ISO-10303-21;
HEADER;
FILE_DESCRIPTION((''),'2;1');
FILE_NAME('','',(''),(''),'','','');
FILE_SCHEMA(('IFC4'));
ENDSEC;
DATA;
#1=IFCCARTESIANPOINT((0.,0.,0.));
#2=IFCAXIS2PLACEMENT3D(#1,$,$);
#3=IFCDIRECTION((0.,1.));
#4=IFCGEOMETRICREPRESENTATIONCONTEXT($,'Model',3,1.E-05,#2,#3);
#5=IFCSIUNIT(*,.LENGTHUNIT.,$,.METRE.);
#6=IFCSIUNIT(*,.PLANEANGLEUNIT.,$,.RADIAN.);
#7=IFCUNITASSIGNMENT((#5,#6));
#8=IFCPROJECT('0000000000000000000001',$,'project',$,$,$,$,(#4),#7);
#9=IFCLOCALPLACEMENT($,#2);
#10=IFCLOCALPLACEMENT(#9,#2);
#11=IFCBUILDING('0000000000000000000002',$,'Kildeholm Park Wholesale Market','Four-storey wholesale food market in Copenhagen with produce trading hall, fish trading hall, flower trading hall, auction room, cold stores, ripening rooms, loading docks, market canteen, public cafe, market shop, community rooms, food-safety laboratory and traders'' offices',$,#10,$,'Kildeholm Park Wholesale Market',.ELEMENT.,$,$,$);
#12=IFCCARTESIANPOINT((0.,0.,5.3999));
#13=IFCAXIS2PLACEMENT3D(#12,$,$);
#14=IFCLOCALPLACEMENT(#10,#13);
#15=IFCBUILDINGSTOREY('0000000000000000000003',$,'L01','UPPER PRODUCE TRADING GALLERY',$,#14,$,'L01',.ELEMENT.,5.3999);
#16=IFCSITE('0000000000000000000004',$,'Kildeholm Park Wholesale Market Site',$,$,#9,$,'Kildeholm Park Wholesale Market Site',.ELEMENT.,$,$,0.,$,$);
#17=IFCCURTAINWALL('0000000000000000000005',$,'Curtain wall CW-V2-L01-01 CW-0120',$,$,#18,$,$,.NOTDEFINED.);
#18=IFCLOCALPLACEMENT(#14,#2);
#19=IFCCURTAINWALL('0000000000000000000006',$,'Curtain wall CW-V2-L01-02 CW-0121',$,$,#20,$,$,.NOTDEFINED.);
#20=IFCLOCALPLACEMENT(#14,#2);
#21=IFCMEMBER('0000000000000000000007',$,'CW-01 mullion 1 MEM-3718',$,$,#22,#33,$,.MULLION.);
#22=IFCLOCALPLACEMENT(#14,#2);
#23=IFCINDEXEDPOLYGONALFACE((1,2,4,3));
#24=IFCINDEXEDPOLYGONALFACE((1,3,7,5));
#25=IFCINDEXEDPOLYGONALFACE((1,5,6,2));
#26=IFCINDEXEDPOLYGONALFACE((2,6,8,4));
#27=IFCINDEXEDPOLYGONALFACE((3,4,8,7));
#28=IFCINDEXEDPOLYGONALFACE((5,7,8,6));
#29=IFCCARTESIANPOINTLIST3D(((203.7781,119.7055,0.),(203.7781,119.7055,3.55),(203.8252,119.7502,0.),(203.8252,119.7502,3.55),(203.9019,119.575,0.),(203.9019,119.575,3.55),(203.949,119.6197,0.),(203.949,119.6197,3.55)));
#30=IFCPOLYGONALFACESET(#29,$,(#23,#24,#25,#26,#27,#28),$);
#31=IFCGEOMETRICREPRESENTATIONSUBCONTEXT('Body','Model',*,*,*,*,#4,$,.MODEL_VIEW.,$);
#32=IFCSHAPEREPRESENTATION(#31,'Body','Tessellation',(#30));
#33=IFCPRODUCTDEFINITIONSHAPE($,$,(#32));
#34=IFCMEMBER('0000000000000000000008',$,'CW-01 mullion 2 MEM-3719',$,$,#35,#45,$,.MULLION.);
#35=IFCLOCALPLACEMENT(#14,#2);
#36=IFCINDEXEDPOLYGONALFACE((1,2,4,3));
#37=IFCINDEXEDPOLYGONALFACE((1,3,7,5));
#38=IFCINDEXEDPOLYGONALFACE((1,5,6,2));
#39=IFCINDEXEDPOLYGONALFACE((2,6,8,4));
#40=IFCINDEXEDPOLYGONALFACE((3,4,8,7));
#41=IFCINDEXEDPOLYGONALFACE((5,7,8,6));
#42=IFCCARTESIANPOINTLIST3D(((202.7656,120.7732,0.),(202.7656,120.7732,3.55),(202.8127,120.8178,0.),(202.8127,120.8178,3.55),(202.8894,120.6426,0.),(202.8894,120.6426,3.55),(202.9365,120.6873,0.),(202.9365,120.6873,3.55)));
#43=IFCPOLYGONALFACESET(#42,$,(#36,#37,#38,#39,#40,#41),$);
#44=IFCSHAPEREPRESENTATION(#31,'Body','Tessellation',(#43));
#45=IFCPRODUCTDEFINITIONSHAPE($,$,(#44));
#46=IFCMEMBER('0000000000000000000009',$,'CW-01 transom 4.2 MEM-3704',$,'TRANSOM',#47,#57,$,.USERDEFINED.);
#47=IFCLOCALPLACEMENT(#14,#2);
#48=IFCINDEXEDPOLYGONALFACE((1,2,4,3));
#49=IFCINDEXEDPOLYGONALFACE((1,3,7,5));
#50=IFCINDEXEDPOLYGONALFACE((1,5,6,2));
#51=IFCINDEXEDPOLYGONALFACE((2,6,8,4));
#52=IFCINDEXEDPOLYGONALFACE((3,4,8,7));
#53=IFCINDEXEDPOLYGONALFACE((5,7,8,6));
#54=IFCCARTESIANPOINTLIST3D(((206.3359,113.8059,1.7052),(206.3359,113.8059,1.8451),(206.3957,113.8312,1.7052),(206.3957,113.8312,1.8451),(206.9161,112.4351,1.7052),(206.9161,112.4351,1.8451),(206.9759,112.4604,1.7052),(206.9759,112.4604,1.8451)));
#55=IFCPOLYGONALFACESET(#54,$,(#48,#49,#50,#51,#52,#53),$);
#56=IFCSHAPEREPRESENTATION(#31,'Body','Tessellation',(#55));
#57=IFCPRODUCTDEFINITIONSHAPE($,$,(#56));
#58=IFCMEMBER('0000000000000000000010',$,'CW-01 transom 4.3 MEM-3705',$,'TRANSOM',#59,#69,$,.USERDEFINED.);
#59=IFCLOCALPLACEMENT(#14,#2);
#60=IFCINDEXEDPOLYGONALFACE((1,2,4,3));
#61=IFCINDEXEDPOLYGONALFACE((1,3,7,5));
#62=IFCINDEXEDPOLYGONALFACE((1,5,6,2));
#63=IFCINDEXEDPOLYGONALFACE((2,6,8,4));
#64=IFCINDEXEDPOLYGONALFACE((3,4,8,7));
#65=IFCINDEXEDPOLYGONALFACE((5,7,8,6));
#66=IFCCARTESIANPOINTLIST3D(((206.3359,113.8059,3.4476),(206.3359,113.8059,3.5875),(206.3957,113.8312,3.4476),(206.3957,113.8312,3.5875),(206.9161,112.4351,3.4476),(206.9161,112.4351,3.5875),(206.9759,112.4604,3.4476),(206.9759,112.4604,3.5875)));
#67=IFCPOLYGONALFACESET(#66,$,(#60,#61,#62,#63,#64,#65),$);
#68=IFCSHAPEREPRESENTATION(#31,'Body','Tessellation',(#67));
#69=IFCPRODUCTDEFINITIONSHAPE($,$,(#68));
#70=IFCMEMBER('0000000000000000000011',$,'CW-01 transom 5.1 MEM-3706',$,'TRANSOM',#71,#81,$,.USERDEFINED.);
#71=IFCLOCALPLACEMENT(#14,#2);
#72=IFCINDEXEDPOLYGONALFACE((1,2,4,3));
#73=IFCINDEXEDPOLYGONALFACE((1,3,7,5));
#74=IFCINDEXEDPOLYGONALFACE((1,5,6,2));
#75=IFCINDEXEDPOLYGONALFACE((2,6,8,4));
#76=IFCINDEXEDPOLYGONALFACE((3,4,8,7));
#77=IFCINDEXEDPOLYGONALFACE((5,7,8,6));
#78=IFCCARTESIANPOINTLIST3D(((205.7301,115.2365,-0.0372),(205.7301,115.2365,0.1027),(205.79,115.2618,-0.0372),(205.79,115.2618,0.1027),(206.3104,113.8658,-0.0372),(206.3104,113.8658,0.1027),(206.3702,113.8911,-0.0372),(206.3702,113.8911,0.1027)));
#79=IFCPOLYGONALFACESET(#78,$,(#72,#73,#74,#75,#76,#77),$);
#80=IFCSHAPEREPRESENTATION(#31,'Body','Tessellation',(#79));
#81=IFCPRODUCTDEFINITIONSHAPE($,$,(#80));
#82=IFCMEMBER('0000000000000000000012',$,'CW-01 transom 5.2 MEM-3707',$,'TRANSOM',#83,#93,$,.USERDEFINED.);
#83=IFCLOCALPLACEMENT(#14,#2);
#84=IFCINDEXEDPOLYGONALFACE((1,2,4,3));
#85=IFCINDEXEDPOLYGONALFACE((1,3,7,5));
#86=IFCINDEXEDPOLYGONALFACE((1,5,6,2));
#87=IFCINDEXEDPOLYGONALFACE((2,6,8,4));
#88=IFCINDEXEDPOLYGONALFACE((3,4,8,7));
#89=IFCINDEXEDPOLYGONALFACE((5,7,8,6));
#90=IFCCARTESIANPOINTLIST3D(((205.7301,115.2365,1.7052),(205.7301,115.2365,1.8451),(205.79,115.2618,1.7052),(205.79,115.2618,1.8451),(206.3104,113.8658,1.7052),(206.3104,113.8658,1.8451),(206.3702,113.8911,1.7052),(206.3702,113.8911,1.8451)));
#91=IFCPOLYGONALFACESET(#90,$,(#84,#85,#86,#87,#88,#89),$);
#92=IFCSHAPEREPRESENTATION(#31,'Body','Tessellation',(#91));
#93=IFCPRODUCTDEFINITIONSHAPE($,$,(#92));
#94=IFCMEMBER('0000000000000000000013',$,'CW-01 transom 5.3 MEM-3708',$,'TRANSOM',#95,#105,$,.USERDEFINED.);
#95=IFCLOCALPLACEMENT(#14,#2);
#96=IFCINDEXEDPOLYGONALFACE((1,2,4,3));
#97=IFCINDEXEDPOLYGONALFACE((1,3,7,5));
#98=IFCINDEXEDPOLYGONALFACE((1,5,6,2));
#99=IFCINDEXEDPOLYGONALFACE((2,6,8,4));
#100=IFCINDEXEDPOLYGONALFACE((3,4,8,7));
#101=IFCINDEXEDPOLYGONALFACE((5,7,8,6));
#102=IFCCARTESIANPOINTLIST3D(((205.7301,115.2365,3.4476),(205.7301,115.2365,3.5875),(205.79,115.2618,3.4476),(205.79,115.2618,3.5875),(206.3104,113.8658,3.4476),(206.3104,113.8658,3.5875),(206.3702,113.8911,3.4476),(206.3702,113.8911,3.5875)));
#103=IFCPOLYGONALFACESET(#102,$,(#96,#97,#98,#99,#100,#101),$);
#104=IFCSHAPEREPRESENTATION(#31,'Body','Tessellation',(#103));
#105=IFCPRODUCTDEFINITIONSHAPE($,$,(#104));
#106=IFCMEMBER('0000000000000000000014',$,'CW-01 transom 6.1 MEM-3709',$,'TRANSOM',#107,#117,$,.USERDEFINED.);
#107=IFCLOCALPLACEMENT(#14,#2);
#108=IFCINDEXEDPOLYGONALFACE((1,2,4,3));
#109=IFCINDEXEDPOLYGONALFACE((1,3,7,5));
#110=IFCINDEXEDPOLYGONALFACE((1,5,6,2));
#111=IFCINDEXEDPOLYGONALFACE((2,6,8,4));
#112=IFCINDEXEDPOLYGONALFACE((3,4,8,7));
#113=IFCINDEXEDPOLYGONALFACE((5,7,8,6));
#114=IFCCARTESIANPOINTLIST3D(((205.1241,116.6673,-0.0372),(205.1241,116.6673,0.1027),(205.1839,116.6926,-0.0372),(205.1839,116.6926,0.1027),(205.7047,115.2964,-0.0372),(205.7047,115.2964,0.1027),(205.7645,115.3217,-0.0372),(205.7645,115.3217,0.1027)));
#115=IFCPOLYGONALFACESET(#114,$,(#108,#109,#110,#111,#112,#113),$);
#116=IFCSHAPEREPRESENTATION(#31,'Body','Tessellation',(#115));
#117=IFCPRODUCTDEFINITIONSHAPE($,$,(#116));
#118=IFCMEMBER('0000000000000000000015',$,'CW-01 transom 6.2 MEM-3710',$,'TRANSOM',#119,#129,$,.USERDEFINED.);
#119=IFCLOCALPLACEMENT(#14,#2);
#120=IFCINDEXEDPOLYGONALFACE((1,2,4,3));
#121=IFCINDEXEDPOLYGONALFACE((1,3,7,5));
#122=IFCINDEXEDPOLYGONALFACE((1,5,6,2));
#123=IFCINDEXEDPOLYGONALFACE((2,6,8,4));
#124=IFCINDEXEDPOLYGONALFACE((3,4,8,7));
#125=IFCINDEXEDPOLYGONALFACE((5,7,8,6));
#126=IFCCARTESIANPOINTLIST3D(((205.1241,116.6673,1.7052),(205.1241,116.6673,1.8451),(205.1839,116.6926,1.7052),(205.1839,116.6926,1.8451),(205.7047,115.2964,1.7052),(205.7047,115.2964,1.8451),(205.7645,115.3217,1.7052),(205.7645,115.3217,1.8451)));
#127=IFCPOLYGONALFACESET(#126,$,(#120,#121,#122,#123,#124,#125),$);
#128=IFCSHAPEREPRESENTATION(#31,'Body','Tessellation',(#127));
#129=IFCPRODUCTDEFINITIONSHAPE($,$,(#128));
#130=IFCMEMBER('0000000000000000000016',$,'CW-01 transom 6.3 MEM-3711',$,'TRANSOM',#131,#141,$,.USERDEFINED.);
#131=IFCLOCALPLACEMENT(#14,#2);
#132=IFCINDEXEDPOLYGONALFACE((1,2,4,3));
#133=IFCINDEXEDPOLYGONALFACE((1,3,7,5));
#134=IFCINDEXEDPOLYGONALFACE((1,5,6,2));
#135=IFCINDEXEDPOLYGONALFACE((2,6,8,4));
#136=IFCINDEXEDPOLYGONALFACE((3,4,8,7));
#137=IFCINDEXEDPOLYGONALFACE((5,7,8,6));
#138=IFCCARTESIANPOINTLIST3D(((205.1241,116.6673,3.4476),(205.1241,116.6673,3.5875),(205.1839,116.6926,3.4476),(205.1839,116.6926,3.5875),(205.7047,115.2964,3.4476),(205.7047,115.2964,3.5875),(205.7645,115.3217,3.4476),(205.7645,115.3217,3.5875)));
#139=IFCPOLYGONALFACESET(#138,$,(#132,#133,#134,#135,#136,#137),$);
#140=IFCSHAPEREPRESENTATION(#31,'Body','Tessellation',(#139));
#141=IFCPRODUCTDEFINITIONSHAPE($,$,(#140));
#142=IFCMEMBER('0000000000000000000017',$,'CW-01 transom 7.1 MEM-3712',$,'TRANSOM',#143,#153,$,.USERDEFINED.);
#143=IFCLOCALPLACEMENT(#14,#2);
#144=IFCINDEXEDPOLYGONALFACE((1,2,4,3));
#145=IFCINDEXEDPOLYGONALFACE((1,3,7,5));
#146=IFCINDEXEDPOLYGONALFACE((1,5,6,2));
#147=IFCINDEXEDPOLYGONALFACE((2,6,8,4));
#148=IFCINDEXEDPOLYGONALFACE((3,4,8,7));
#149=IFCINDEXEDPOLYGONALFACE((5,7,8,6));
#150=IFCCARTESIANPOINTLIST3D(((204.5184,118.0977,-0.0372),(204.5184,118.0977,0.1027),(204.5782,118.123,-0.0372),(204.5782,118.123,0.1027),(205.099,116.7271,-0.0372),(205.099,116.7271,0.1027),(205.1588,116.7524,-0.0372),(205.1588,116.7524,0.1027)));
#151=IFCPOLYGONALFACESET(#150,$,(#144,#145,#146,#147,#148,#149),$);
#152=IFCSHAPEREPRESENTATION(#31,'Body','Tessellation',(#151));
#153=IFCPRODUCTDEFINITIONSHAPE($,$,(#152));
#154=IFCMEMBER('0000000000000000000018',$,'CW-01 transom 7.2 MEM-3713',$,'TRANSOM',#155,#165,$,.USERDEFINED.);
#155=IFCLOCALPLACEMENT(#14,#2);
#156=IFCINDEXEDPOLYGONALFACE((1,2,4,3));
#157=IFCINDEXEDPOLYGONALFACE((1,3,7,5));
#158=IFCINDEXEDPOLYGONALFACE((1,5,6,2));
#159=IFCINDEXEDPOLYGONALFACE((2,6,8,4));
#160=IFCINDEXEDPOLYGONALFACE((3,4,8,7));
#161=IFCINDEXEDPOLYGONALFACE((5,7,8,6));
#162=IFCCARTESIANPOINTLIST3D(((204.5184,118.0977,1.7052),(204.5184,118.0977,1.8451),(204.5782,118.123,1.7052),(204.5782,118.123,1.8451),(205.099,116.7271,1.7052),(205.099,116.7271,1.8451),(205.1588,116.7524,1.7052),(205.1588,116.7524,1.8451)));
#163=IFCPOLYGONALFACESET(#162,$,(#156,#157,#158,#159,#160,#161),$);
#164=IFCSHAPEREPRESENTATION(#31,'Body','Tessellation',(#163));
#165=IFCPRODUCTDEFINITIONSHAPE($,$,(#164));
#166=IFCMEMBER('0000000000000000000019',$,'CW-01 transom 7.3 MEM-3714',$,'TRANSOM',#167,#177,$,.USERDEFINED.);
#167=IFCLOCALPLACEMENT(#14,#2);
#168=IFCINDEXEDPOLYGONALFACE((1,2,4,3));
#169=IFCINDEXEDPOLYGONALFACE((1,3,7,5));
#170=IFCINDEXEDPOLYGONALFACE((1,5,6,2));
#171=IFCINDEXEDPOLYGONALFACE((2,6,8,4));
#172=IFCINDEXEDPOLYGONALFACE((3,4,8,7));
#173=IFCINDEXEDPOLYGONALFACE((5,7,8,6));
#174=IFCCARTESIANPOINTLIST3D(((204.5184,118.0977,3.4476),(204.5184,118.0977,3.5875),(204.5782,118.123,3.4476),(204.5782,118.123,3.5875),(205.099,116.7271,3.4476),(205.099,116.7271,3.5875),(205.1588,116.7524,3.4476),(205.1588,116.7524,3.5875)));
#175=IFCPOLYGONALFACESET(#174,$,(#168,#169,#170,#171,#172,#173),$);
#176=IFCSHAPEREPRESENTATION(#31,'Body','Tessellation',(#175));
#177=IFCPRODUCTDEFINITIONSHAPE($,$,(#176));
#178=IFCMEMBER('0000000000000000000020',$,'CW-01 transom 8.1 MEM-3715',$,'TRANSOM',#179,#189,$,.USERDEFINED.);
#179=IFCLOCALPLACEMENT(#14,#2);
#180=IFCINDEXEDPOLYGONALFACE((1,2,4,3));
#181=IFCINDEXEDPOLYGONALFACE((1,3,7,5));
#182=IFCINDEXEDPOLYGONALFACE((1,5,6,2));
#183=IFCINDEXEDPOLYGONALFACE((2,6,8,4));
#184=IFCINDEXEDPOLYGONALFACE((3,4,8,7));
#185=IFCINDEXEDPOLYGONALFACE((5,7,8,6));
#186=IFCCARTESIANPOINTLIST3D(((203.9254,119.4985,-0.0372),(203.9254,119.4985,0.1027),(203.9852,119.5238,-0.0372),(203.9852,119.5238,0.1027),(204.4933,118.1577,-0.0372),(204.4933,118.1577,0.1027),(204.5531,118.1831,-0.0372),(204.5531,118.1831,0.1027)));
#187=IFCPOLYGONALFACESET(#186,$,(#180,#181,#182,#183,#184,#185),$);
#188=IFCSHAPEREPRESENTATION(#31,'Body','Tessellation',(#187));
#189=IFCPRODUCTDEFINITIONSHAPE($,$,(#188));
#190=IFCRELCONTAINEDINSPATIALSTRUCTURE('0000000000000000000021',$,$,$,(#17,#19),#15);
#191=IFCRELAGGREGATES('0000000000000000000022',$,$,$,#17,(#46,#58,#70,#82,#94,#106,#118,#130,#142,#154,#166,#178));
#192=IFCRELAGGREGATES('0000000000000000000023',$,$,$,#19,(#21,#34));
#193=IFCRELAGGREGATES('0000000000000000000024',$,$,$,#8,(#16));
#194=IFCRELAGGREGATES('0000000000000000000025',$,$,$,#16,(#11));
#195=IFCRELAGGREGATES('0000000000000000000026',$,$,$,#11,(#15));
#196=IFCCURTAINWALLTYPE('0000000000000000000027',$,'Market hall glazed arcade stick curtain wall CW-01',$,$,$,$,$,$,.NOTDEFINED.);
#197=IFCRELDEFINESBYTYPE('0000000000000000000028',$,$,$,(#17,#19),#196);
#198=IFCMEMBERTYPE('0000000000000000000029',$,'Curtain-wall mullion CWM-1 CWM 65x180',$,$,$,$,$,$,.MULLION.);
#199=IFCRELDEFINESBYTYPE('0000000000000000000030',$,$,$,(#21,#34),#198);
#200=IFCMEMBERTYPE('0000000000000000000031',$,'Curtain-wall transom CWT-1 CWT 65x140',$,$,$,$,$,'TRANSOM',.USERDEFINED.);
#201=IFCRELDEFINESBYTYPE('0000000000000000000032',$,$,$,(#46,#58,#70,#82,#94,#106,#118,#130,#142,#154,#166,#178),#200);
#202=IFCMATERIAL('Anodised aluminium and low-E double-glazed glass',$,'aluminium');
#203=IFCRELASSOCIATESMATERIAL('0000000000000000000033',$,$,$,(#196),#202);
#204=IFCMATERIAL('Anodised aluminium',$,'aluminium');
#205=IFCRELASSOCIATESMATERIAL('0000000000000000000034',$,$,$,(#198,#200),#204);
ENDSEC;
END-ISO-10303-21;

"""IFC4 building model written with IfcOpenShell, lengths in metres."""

from ifc_helpers import new_model, si_unit, direction, frame, origin, origin_2d, place, context, subcontext, project, spatial, rectangle, extrude, material, material_profile, profile_set, type_object, element, aggregate, save


model = new_model("IFC4")

# Units and contexts
model_context = context("Model", 3, precision=1e-05, world=origin(), true_north=direction((0.0, 1.0)))
body_context = subcontext(model_context, "Body", "Model", "MODEL_VIEW")
ifc_project = project(units=[si_unit("LENGTHUNIT", "METRE"), si_unit("PLANEANGLEUNIT", "RADIAN")], contexts=[model_context])

# Site, building, storey
site_placement = place(None, origin())
site = spatial("IfcSite", under=ifc_project, at=site_placement, Name="Kildeholm Park Wholesale Market Site", LongName="Kildeholm Park Wholesale Market Site", CompositionType="ELEMENT", RefElevation=0.0)
building_placement = place(site_placement, origin())
building = spatial("IfcBuilding", under=site, at=building_placement, Name="Kildeholm Park Wholesale Market", Description="Four-storey wholesale food market in Copenhagen with produce trading hall, fish trading hall, flower trading hall, auction room, cold stores, ripening rooms, loading docks, market canteen, public cafe, market shop, community rooms, food-safety laboratory and traders' offices", LongName="Kildeholm Park Wholesale Market", CompositionType="ELEMENT")
storey_placement = place(building_placement, frame((0.0, 0.0, 5.3999)))
storey = spatial("IfcBuildingStorey", under=building, at=storey_placement, Name="L01", Description="UPPER PRODUCE TRADING GALLERY", LongName="L01", CompositionType="ELEMENT", Elevation=5.3999)

# Curtain walls, members
ifc_material_1 = material(Name="Anodised aluminium and low-E double-glazed glass", Category="aluminium")
curtain_wall_type = type_object("IfcCurtainWallType", Name="Market hall glazed arcade stick curtain wall CW-01", PredefinedType="NOTDEFINED", material=ifc_material_1)
curtain_wall_1_placement = place(storey_placement, origin())
curtain_wall_1 = element("IfcCurtainWall", 1, at=curtain_wall_1_placement, inside=storey, type_object=curtain_wall_type, Name="Curtain wall CW-V2-L01-01 CW-0120", PredefinedType="NOTDEFINED")
ifc_material_2 = material(Name="Anodised aluminium", Category="aluminium")
ifc_material_profile_1 = material_profile(ifc_material_2, rectangle(XDim=0.0649, YDim=0.1799, at=origin_2d()), Name="CWM 65x180")
ifc_profile_set_1 = profile_set([ifc_material_profile_1], Name="Anodised aluminium")
member_type_1 = type_object("IfcMemberType", Name="Curtain-wall mullion CWM-1 CWM 65x180", PredefinedType="MULLION", material=ifc_profile_set_1)
curtain_wall_2_placement = place(storey_placement, origin())
curtain_wall_2 = element("IfcCurtainWall", 2, at=curtain_wall_2_placement, inside=storey, type_object=curtain_wall_type, Name="Curtain wall CW-V2-L01-02 CW-0121", PredefinedType="NOTDEFINED")
member_1_placement = place(storey_placement, frame((203.8635, 119.6626, 0.0), z_axis=(0.0, 0.0, 1.0), x_axis=(-0.725571, -0.688148, 0.0)))
member_1 = element("IfcMember", 3, at=member_1_placement, type_object=member_type_1, Name="CW-01 mullion 1 MEM-3718", PredefinedType="MULLION", context=body_context, shape_type="SweptSolid", body=[
    extrude(rectangle(XDim=0.0649, YDim=0.1799, at=origin_2d()), origin(), (0.0, 0.0, 1.0), 3.55),
])
member_2_placement = place(storey_placement, frame((202.8511, 120.7302, 0.0), z_axis=(0.0, 0.0, 1.0), x_axis=(-0.725571, -0.688148, 0.0)))
member_2 = element("IfcMember", 4, at=member_2_placement, type_object=member_type_1, Name="CW-01 mullion 2 MEM-3719", PredefinedType="MULLION", context=body_context, shape_type="SweptSolid", body=[
    extrude(rectangle(XDim=0.0649, YDim=0.1799, at=origin_2d()), origin(), (0.0, 0.0, 1.0), 3.55),
])

# Members
ifc_material_profile_2 = material_profile(ifc_material_2, rectangle(XDim=0.0649, YDim=0.1399, at=origin_2d()), Name="CWT 65x140")
ifc_profile_set_2 = profile_set([ifc_material_profile_2], Name="Anodised aluminium")
member_type_2 = type_object("IfcMemberType", Name="Curtain-wall transom CWT-1 CWT 65x140", ElementType="TRANSOM", PredefinedType="USERDEFINED", material=ifc_profile_set_2)
member_3_placement = place(storey_placement, frame((206.946, 112.4478, 1.7751), z_axis=(-0.389838, 0.920883, 0.0), x_axis=(-0.920883, -0.389838, 0.0)))
member_3 = element("IfcMember", 5, at=member_3_placement, type_object=member_type_2, Name="CW-01 transom 4.2 MEM-3704", ObjectType="TRANSOM", PredefinedType="USERDEFINED", context=body_context, shape_type="SweptSolid", body=[
    extrude(rectangle(XDim=0.0649, YDim=0.1399, at=origin_2d()), origin(), (0.0, 0.0, 1.0), 1.4885),
])
member_4_placement = place(storey_placement, frame((206.946, 112.4478, 3.5176), z_axis=(-0.389838, 0.920883, 0.0), x_axis=(-0.920883, -0.389838, 0.0)))
member_4 = element("IfcMember", 6, at=member_4_placement, type_object=member_type_2, Name="CW-01 transom 4.3 MEM-3705", ObjectType="TRANSOM", PredefinedType="USERDEFINED", context=body_context, shape_type="SweptSolid", body=[
    extrude(rectangle(XDim=0.0649, YDim=0.1399, at=origin_2d()), origin(), (0.0, 0.0, 1.0), 1.4885),
])
member_5_placement = place(storey_placement, frame((206.3403, 113.8784, 0.0327), z_axis=(-0.389838, 0.920883, 0.0), x_axis=(-0.920883, -0.389838, 0.0)))
member_5 = element("IfcMember", 7, at=member_5_placement, type_object=member_type_2, Name="CW-01 transom 5.1 MEM-3706", ObjectType="TRANSOM", PredefinedType="USERDEFINED", context=body_context, shape_type="SweptSolid", body=[
    extrude(rectangle(XDim=0.0649, YDim=0.1399, at=origin_2d()), origin(), (0.0, 0.0, 1.0), 1.4885),
])
member_6_placement = place(storey_placement, frame((206.3403, 113.8784, 1.7751), z_axis=(-0.389838, 0.920883, 0.0), x_axis=(-0.920883, -0.389838, 0.0)))
member_6 = element("IfcMember", 8, at=member_6_placement, type_object=member_type_2, Name="CW-01 transom 5.2 MEM-3707", ObjectType="TRANSOM", PredefinedType="USERDEFINED", context=body_context, shape_type="SweptSolid", body=[
    extrude(rectangle(XDim=0.0649, YDim=0.1399, at=origin_2d()), origin(), (0.0, 0.0, 1.0), 1.4885),
])
member_7_placement = place(storey_placement, frame((206.3403, 113.8784, 3.5176), z_axis=(-0.389838, 0.920883, 0.0), x_axis=(-0.920883, -0.389838, 0.0)))
member_7 = element("IfcMember", 9, at=member_7_placement, type_object=member_type_2, Name="CW-01 transom 5.3 MEM-3708", ObjectType="TRANSOM", PredefinedType="USERDEFINED", context=body_context, shape_type="SweptSolid", body=[
    extrude(rectangle(XDim=0.0649, YDim=0.1399, at=origin_2d()), origin(), (0.0, 0.0, 1.0), 1.4885),
])
member_8_placement = place(storey_placement, frame((205.7346, 115.3091, 0.0327), z_axis=(-0.389977, 0.920825, 0.0), x_axis=(-0.920825, -0.389977, 0.0)))
member_8 = element("IfcMember", 10, at=member_8_placement, type_object=member_type_2, Name="CW-01 transom 6.1 MEM-3709", ObjectType="TRANSOM", PredefinedType="USERDEFINED", context=body_context, shape_type="SweptSolid", body=[
    extrude(rectangle(XDim=0.0649, YDim=0.1399, at=origin_2d()), origin(), (0.0, 0.0, 1.0), 1.4888),
])
member_9_placement = place(storey_placement, frame((205.7346, 115.3091, 1.7751), z_axis=(-0.389977, 0.920825, 0.0), x_axis=(-0.920825, -0.389977, 0.0)))
member_9 = element("IfcMember", 11, at=member_9_placement, type_object=member_type_2, Name="CW-01 transom 6.2 MEM-3710", ObjectType="TRANSOM", PredefinedType="USERDEFINED", context=body_context, shape_type="SweptSolid", body=[
    extrude(rectangle(XDim=0.0649, YDim=0.1399, at=origin_2d()), origin(), (0.0, 0.0, 1.0), 1.4888),
])
member_10_placement = place(storey_placement, frame((205.7346, 115.3091, 3.5176), z_axis=(-0.389977, 0.920825, 0.0), x_axis=(-0.920825, -0.389977, 0.0)))
member_10 = element("IfcMember", 12, at=member_10_placement, type_object=member_type_2, Name="CW-01 transom 6.3 MEM-3711", ObjectType="TRANSOM", PredefinedType="USERDEFINED", context=body_context, shape_type="SweptSolid", body=[
    extrude(rectangle(XDim=0.0649, YDim=0.1399, at=origin_2d()), origin(), (0.0, 0.0, 1.0), 1.4888),
])
member_11_placement = place(storey_placement, frame((205.1289, 116.7397, 0.0327), z_axis=(-0.390036, 0.9208, 0.0), x_axis=(-0.9208, -0.390036, 0.0)))
member_11 = element("IfcMember", 13, at=member_11_placement, type_object=member_type_2, Name="CW-01 transom 7.1 MEM-3712", ObjectType="TRANSOM", PredefinedType="USERDEFINED", context=body_context, shape_type="SweptSolid", body=[
    extrude(rectangle(XDim=0.0649, YDim=0.1399, at=origin_2d()), origin(), (0.0, 0.0, 1.0), 1.4885),
])
member_12_placement = place(storey_placement, frame((205.1289, 116.7397, 1.7751), z_axis=(-0.390036, 0.9208, 0.0), x_axis=(-0.9208, -0.390036, 0.0)))
member_12 = element("IfcMember", 14, at=member_12_placement, type_object=member_type_2, Name="CW-01 transom 7.2 MEM-3713", ObjectType="TRANSOM", PredefinedType="USERDEFINED", context=body_context, shape_type="SweptSolid", body=[
    extrude(rectangle(XDim=0.0649, YDim=0.1399, at=origin_2d()), origin(), (0.0, 0.0, 1.0), 1.4885),
])
member_13_placement = place(storey_placement, frame((205.1289, 116.7397, 3.5176), z_axis=(-0.390036, 0.9208, 0.0), x_axis=(-0.9208, -0.390036, 0.0)))
member_13 = element("IfcMember", 15, at=member_13_placement, type_object=member_type_2, Name="CW-01 transom 7.3 MEM-3714", ObjectType="TRANSOM", PredefinedType="USERDEFINED", context=body_context, shape_type="SweptSolid", body=[
    extrude(rectangle(XDim=0.0649, YDim=0.1399, at=origin_2d()), origin(), (0.0, 0.0, 1.0), 1.4885),
])
member_14_placement = place(storey_placement, frame((204.5232, 118.1704, 0.0327), z_axis=(-0.38999, 0.920819, 0.0), x_axis=(-0.920819, -0.38999, 0.0)))
member_14 = element("IfcMember", 16, at=member_14_placement, type_object=member_type_2, Name="CW-01 transom 8.1 MEM-3715", ObjectType="TRANSOM", PredefinedType="USERDEFINED", context=body_context, shape_type="SweptSolid", body=[
    extrude(rectangle(XDim=0.0649, YDim=0.1399, at=origin_2d()), origin(), (0.0, 0.0, 1.0), 1.4561),
])

aggregate(curtain_wall_1, [member_3, member_4, member_5, member_6, member_7, member_8, member_9, member_10, member_11, member_12, member_13, member_14])
aggregate(curtain_wall_2, [member_1, member_2])

save(model, "model.ifc")
